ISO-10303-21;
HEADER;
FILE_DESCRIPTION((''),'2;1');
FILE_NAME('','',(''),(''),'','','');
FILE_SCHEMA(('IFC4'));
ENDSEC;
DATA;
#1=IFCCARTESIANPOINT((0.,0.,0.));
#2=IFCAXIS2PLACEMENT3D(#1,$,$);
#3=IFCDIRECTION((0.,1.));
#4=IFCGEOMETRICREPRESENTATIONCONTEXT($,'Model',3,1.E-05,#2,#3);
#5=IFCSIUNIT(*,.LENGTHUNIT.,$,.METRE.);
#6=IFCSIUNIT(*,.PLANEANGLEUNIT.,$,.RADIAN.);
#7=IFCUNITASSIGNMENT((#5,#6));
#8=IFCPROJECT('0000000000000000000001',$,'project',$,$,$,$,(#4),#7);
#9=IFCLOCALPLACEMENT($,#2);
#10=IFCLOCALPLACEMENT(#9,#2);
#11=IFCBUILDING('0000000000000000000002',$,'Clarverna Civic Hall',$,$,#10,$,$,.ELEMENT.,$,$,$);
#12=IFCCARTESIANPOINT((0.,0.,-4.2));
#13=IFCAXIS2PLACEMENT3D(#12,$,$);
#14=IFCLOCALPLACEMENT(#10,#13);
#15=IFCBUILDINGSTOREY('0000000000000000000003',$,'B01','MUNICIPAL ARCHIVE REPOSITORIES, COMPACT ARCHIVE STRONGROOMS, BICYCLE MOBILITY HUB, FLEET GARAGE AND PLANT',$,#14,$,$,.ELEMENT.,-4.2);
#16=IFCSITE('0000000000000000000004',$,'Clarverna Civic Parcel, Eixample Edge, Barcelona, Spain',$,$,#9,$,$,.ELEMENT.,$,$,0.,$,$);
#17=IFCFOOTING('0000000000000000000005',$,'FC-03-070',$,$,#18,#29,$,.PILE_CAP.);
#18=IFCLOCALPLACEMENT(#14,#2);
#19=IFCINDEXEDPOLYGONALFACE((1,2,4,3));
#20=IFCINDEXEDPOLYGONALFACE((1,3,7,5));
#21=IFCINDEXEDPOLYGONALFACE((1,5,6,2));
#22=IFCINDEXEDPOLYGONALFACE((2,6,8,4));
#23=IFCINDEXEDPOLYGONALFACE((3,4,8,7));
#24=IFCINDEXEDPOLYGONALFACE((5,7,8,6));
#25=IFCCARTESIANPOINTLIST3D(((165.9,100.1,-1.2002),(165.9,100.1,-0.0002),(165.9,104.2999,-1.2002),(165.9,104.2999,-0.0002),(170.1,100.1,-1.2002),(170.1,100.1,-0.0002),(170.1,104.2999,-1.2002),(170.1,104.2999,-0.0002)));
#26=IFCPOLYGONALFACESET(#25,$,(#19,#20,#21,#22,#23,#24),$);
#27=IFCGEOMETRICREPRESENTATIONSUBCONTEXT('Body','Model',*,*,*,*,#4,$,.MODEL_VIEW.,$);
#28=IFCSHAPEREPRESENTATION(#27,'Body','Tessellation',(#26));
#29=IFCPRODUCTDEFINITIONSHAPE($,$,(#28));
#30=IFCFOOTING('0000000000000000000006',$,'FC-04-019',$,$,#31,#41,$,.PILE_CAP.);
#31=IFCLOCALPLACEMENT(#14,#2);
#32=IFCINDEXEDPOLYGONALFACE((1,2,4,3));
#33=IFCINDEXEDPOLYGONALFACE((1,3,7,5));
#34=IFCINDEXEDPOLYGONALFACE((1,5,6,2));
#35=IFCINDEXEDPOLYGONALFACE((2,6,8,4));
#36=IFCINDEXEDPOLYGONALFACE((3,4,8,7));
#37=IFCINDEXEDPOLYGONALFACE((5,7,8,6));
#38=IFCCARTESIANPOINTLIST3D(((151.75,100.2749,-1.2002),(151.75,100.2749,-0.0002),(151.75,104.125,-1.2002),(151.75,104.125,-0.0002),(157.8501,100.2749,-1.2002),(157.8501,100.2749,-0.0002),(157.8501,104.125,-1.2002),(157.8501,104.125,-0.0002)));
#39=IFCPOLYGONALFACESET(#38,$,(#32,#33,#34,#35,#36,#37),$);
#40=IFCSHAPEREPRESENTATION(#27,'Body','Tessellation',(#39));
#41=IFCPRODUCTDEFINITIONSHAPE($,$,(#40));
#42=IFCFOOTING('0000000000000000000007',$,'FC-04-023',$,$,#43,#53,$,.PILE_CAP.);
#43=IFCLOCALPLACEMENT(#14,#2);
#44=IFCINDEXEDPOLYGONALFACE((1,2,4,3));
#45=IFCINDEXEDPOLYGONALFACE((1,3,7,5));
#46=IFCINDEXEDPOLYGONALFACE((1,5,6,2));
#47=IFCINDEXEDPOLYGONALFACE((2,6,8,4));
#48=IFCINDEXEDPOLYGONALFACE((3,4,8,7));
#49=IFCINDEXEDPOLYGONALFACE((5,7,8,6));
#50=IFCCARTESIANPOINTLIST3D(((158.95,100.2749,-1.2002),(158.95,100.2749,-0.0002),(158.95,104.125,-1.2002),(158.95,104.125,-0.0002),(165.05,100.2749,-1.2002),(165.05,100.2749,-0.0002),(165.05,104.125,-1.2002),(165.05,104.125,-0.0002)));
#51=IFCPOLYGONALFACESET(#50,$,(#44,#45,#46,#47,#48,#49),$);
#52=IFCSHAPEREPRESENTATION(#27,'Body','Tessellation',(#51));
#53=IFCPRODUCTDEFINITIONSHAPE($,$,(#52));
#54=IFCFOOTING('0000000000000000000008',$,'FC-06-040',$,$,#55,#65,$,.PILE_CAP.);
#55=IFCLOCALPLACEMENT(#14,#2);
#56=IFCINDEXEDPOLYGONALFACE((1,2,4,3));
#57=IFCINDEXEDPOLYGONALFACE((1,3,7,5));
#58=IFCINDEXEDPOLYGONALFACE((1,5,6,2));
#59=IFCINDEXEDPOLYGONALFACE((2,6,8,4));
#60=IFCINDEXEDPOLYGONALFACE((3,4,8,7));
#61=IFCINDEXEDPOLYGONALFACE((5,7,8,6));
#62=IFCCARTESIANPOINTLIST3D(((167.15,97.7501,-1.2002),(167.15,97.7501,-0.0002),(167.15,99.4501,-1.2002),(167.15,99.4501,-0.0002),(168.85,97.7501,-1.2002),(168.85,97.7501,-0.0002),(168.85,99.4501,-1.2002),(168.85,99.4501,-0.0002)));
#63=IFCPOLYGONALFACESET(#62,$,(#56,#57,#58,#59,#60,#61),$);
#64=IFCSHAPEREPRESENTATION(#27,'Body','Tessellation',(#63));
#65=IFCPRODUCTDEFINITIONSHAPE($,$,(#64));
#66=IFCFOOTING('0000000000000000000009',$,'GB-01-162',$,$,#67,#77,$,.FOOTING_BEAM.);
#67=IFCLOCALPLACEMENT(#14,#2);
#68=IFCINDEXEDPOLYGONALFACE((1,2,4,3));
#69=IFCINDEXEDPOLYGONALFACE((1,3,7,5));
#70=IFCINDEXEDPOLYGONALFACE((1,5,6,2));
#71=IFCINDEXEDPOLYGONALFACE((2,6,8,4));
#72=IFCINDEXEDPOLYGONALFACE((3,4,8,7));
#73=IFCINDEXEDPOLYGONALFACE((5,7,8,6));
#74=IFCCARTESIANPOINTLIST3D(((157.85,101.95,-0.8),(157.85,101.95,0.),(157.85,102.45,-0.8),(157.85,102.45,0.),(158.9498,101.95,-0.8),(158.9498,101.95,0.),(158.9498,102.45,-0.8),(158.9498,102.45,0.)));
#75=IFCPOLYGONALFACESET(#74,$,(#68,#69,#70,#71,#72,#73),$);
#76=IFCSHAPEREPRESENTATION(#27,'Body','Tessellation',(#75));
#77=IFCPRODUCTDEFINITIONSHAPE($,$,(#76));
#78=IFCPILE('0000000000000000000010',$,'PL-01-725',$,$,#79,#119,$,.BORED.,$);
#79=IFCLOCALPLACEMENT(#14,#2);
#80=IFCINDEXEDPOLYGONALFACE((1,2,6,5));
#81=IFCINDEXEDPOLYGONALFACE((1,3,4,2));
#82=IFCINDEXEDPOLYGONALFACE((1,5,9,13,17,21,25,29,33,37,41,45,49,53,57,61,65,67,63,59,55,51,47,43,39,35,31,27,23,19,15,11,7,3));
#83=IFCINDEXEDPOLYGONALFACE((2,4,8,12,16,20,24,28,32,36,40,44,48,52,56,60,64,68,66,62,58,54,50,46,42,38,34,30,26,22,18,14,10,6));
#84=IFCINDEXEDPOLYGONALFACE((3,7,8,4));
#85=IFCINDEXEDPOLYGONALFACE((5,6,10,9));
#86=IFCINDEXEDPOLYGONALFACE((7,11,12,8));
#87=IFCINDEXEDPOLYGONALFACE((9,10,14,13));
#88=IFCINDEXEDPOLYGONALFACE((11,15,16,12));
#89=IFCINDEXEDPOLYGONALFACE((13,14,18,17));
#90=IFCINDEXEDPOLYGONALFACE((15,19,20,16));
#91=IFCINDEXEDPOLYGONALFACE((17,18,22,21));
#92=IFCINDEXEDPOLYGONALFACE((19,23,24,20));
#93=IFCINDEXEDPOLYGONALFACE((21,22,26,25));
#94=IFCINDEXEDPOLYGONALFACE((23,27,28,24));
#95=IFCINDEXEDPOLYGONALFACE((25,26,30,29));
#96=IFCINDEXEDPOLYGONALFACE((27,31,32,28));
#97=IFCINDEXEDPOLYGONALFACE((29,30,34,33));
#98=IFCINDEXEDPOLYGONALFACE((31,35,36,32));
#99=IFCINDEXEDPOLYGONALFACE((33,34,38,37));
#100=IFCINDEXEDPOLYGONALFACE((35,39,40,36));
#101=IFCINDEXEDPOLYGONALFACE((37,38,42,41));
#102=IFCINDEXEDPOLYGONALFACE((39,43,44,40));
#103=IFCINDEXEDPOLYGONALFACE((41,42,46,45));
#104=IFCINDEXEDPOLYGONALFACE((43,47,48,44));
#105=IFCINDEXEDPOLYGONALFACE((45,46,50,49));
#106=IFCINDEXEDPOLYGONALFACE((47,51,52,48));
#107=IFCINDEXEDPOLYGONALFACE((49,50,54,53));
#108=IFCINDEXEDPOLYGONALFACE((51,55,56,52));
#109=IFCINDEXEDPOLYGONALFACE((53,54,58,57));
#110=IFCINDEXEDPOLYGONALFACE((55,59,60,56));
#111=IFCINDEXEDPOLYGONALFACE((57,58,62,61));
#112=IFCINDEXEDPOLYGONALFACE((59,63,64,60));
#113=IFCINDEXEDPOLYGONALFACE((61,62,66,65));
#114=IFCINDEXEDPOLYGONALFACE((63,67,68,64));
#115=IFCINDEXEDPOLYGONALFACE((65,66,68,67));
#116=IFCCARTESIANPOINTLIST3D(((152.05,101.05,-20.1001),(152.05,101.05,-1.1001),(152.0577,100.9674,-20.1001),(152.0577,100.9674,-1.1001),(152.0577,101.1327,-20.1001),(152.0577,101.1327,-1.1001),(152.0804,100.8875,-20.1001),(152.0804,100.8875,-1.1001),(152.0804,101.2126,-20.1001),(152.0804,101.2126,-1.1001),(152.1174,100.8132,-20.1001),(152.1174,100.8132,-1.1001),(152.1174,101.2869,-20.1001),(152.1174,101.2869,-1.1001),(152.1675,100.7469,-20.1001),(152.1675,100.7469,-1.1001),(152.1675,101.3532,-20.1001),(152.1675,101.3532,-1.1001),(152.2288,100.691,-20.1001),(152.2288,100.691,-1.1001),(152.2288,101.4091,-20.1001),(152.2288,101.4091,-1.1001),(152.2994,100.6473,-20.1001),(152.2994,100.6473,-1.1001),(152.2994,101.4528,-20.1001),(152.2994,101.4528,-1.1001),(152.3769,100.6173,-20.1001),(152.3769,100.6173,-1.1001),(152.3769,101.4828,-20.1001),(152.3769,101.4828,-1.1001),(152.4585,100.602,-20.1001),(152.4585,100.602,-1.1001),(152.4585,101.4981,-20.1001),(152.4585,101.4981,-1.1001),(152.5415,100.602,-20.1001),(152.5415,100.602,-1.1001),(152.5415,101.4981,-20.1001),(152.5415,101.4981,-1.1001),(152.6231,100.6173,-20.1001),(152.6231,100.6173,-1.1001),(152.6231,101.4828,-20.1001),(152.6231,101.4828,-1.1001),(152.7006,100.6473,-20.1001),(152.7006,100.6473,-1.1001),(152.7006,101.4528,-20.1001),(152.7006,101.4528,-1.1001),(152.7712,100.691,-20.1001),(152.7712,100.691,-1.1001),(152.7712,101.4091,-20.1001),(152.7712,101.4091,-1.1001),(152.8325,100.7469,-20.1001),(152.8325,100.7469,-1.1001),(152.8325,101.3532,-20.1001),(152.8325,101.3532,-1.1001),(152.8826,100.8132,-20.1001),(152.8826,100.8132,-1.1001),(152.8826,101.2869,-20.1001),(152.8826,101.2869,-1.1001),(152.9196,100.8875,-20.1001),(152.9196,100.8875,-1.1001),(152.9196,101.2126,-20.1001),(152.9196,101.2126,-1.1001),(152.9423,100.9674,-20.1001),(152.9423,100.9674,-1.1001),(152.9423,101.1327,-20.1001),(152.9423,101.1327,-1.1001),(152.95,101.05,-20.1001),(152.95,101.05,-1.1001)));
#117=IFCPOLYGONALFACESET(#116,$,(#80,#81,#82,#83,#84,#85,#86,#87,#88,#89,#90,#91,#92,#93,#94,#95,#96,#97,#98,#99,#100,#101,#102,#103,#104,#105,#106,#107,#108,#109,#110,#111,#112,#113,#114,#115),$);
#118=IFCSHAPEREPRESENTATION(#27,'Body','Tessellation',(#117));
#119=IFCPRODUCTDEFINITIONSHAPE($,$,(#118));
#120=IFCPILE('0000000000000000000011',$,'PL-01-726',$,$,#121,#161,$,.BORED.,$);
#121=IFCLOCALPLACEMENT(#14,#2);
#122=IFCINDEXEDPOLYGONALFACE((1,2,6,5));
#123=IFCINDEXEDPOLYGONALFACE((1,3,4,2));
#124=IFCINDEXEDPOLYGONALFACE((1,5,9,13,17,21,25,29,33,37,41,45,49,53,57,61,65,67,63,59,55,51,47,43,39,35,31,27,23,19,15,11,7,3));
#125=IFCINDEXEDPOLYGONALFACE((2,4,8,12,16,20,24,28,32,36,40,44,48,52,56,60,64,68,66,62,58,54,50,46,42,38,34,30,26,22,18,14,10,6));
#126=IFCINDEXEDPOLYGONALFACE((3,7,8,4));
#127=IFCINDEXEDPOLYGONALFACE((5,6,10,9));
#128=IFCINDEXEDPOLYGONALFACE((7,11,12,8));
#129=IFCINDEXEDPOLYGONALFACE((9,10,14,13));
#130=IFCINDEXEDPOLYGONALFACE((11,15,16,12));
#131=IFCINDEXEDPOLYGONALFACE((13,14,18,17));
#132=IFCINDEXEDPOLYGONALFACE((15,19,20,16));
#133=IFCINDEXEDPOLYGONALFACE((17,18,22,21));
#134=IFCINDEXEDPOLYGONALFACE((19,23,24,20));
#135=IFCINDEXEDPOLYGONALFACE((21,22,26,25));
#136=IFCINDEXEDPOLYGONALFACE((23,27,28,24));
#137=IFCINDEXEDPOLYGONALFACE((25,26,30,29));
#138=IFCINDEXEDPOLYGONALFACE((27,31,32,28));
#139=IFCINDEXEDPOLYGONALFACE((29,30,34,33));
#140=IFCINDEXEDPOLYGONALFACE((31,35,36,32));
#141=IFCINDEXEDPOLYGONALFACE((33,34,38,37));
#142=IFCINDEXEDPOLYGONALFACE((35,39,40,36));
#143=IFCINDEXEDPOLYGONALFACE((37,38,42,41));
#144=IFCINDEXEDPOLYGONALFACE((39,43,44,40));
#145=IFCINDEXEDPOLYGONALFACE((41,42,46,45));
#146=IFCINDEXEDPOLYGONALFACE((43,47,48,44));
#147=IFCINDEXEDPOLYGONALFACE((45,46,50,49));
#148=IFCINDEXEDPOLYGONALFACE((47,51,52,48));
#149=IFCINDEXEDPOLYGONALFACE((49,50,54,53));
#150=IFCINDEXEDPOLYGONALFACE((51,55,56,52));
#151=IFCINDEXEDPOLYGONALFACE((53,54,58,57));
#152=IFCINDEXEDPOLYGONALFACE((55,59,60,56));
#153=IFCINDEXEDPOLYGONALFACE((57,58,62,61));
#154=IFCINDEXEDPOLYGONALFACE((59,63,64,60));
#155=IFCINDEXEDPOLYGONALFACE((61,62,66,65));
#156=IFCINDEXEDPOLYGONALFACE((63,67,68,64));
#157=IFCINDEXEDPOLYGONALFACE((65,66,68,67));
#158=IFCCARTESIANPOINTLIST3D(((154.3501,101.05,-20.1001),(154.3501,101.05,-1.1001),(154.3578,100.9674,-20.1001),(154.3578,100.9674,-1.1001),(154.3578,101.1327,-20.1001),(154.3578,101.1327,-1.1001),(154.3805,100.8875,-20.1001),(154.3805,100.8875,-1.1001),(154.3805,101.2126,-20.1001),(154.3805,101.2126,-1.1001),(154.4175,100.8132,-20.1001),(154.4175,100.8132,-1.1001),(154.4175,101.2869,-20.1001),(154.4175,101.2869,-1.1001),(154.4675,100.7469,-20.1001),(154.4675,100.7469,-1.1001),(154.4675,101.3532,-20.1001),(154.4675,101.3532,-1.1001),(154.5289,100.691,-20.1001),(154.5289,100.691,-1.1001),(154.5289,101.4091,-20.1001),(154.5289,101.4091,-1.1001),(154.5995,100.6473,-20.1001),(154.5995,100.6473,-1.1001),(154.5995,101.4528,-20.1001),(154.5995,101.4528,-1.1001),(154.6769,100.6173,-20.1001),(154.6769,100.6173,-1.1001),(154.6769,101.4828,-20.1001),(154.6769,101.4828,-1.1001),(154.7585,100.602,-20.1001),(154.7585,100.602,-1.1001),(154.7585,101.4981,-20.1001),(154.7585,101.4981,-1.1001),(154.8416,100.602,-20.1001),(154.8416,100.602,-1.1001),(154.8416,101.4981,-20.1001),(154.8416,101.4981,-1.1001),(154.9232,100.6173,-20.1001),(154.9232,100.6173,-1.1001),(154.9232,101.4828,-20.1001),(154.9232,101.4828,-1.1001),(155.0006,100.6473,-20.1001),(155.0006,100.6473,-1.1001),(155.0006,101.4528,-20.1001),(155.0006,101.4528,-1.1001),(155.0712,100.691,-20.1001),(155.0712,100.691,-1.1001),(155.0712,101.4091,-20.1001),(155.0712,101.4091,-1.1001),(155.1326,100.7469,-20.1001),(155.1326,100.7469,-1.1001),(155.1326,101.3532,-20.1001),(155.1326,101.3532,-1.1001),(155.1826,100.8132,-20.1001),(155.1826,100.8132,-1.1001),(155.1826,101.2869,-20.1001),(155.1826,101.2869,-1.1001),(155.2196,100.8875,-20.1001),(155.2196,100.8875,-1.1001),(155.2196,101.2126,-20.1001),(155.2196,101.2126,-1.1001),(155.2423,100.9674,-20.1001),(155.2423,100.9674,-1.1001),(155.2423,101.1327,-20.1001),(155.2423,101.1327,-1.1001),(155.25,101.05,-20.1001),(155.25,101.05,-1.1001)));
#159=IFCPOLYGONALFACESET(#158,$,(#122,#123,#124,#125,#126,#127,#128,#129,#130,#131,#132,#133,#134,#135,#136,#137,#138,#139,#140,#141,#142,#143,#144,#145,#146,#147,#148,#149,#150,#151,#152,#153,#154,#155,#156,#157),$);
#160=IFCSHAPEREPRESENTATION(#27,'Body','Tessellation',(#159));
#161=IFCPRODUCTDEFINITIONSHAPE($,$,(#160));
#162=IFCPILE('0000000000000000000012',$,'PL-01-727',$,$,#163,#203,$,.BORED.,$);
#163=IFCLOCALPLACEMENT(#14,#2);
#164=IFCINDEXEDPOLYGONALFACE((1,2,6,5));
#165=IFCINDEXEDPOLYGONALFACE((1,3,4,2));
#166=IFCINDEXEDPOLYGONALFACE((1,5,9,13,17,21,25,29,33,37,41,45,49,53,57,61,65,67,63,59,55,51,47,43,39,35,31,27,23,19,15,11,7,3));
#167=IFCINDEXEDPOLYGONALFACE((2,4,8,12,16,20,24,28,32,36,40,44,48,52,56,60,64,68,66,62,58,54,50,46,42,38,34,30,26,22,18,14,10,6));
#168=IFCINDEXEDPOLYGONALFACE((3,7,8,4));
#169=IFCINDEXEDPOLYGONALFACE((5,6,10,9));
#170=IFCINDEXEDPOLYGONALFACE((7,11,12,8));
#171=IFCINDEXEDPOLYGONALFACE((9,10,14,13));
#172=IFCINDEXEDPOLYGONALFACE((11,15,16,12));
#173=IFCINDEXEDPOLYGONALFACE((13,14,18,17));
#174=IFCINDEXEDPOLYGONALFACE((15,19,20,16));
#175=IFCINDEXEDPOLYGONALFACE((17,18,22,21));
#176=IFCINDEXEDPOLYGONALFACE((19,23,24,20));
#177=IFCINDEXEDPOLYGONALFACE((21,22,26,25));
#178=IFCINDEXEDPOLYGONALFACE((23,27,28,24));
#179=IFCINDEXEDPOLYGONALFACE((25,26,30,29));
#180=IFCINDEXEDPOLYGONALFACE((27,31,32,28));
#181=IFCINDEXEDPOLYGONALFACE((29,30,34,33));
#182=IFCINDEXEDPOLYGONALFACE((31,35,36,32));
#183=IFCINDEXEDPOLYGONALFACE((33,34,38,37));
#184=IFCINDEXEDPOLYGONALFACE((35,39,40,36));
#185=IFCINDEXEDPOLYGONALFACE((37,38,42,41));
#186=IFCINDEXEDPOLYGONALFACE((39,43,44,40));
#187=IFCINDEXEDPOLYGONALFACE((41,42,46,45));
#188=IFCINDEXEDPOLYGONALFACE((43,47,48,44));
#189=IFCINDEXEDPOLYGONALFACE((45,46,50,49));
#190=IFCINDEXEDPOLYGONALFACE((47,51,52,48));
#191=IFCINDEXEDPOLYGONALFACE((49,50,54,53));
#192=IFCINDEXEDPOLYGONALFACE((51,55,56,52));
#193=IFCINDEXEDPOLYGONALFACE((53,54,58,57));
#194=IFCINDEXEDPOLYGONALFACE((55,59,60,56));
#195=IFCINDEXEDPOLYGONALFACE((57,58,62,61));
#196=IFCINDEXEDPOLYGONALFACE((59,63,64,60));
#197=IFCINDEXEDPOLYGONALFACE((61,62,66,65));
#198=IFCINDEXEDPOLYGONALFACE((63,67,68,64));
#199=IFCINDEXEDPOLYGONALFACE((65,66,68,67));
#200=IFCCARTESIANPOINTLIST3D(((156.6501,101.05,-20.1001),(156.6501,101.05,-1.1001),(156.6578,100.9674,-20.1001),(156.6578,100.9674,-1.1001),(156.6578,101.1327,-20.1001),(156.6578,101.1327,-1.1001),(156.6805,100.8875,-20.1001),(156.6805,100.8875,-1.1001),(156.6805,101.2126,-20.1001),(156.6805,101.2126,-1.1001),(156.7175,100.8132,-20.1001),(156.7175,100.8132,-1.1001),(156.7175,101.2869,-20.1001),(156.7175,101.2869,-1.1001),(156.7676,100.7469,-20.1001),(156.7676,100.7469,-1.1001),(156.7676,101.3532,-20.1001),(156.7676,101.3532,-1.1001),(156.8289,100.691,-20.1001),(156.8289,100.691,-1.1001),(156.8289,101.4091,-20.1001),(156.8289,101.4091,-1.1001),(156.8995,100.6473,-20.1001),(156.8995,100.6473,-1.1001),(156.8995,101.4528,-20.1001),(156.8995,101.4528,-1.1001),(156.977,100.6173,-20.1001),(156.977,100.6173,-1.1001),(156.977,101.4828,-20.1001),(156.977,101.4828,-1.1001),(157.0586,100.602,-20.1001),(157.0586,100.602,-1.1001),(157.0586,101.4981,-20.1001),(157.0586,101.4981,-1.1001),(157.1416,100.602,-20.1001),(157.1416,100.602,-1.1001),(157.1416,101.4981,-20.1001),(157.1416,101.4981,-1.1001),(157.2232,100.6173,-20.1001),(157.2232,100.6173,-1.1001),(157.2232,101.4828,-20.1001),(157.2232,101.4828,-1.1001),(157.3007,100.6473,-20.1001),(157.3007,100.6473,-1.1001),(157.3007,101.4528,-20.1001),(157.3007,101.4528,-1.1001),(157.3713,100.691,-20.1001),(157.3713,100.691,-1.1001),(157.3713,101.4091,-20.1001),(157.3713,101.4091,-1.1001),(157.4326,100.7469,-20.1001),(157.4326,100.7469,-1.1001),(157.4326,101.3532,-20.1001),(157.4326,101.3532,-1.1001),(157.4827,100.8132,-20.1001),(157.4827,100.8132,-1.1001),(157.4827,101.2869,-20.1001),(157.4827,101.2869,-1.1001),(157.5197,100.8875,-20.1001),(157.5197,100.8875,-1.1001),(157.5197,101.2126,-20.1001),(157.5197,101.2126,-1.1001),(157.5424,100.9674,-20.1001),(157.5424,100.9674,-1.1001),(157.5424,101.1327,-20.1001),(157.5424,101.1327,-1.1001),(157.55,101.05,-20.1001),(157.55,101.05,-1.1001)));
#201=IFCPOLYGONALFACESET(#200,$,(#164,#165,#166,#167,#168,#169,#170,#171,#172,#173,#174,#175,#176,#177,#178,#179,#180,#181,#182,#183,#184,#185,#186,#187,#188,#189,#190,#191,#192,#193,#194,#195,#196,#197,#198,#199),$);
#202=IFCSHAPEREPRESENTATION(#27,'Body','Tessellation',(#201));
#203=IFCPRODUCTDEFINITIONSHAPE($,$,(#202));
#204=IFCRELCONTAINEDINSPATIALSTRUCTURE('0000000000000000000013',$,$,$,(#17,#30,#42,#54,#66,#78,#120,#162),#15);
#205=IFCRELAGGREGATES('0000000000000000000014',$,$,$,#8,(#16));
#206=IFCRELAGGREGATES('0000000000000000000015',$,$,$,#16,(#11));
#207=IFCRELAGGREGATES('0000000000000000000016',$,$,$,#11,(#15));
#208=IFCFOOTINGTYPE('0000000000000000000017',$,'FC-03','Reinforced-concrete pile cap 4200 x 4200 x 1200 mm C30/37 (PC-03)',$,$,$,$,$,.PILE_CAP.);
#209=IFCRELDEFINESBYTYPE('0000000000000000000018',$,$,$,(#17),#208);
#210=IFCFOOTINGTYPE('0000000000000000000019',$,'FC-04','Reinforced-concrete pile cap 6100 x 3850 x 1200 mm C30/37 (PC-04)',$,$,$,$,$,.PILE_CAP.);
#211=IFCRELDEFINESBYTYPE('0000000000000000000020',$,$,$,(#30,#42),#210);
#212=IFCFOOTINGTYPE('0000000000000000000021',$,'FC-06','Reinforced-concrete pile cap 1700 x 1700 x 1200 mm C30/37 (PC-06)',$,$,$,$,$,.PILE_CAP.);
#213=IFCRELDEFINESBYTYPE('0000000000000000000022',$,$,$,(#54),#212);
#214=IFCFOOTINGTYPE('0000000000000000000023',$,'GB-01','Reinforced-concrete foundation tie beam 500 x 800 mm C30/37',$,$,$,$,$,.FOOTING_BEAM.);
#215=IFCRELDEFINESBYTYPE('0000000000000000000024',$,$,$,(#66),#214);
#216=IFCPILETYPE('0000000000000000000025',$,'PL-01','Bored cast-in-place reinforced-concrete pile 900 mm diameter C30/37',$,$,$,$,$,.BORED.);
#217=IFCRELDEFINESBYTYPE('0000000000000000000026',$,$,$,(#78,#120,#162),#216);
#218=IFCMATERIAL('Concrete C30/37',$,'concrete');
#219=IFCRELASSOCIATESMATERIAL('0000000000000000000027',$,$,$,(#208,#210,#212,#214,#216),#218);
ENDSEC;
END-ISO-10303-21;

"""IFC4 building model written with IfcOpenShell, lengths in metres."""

from ifc_helpers import new_model, si_unit, direction, frame, frame_2d, origin, origin_2d, place, context, subcontext, project, spatial, rectangle, circle, extrude, material, material_profile, profile_set, type_object, element, save


model = new_model("IFC4")

# Units and contexts
model_context = context("Model", 3, precision=1e-05, world=origin(), true_north=direction((0.0, 1.0)))
body_context = subcontext(model_context, "Body", "Model", "MODEL_VIEW")
ifc_project = project(units=[si_unit("LENGTHUNIT", "METRE"), si_unit("PLANEANGLEUNIT", "RADIAN")], contexts=[model_context])

# Site, building, storey
site_placement = place(None, origin())
site = spatial("IfcSite", under=ifc_project, at=site_placement, Name="Clarverna Civic Parcel, Eixample Edge, Barcelona, Spain", CompositionType="ELEMENT", RefElevation=0.0)
building_placement = place(site_placement, origin())
building = spatial("IfcBuilding", under=site, at=building_placement, Name="Clarverna Civic Hall", CompositionType="ELEMENT")
storey_placement = place(building_placement, frame((0.0, 0.0, -4.2)))
storey = spatial("IfcBuildingStorey", under=building, at=storey_placement, Name="B01", Description="MUNICIPAL ARCHIVE REPOSITORIES, COMPACT ARCHIVE STRONGROOMS, BICYCLE MOBILITY HUB, FLEET GARAGE AND PLANT", CompositionType="ELEMENT", Elevation=-4.2)

# Footings
ifc_material_1 = material(Name="Concrete C30/37", Category="concrete")
footing_type_1 = type_object("IfcFootingType", Name="FC-03", Description="Reinforced-concrete pile cap 4200 x 4200 x 1200 mm C30/37 (PC-03)", PredefinedType="PILE_CAP", material=ifc_material_1)
footing_1_placement = place(storey_placement, frame((168.0, 102.2, -1.2002), z_axis=(0.0, 0.0, 1.0), x_axis=(1.0, 0.0, 0.0)))
element("IfcFooting", 1, at=footing_1_placement, inside=storey, type_object=footing_type_1, Name="FC-03-070", PredefinedType="PILE_CAP", context=body_context, shape_type="SweptSolid", body=[
    extrude(rectangle(XDim=4.2, YDim=4.2, at=origin_2d()), origin(), (0.0, 0.0, 1.0), 1.2),
])
footing_type_2 = type_object("IfcFootingType", Name="FC-04", Description="Reinforced-concrete pile cap 6100 x 3850 x 1200 mm C30/37 (PC-04)", PredefinedType="PILE_CAP", material=ifc_material_1)
for number, where, z_axis, x_axis, name in (
    (2, (154.8, 102.2, -1.2002), (0.0, 0.0, 1.0), (1.0, 0.0, 0.0), "FC-04-019"),
    (3, (162.0, 102.2, -1.2002), (0.0, 0.0, 1.0), (1.0, 0.0, 0.0), "FC-04-023"),
):
    element("IfcFooting", number, at=place(storey_placement, frame(where, z_axis=z_axis, x_axis=x_axis)), inside=storey, type_object=footing_type_2, Name=name, PredefinedType="PILE_CAP", context=body_context, shape_type="SweptSolid", body=[
        extrude(rectangle(XDim=6.1001, YDim=3.8501, at=origin_2d()), origin(), (0.0, 0.0, 1.0), 1.2),
    ])
footing_type_3 = type_object("IfcFootingType", Name="FC-06", Description="Reinforced-concrete pile cap 1700 x 1700 x 1200 mm C30/37 (PC-06)", PredefinedType="PILE_CAP", material=ifc_material_1)
footing_2_placement = place(storey_placement, frame((168.0, 98.6001, -1.2002), z_axis=(0.0, 0.0, 1.0), x_axis=(1.0, 0.0, 0.0)))
element("IfcFooting", 4, at=footing_2_placement, inside=storey, type_object=footing_type_3, Name="FC-06-040", PredefinedType="PILE_CAP", context=body_context, shape_type="SweptSolid", body=[
    extrude(rectangle(XDim=1.7, YDim=1.7, at=origin_2d()), origin(), (0.0, 0.0, 1.0), 1.2),
])
footing_type_4 = type_object("IfcFootingType", Name="GB-01", Description="Reinforced-concrete foundation tie beam 500 x 800 mm C30/37", PredefinedType="FOOTING_BEAM", material=ifc_material_1)
footing_3_placement = place(storey_placement, frame((157.8501, 102.2, -0.8), z_axis=(0.0, 0.0, 1.0), x_axis=(1.0, 0.0, 0.0)))
element("IfcFooting", 5, at=footing_3_placement, inside=storey, type_object=footing_type_4, Name="GB-01-162", PredefinedType="FOOTING_BEAM", context=body_context, shape_type="SweptSolid", body=[
    extrude(rectangle(XDim=1.0999, YDim=0.5, at=frame_2d((0.5498, 0.0))), origin(), (0.0, 0.0, 1.0), 0.8),
])

# Piles
ifc_material_profile_1 = material_profile(ifc_material_1, circle(Radius=0.45, at=origin_2d()), Name="BORED PILE D900")
ifc_profile_set_1 = profile_set([ifc_material_profile_1], Name="Concrete C30/37")
pile_type_1 = type_object("IfcPileType", Name="PL-01", Description="Bored cast-in-place reinforced-concrete pile 900 mm diameter C30/37", PredefinedType="BORED", material=ifc_profile_set_1)
for number, where, z_axis, x_axis, name in (
    (6, (152.5, 101.05, -1.1001), (0.0, 0.0, -1.0), (1.0, 0.0, 0.0), "PL-01-725"),
    (7, (154.8, 101.05, -1.1001), (0.0, 0.0, -1.0), (1.0, 0.0, 0.0), "PL-01-726"),
    (8, (157.1001, 101.05, -1.1001), (0.0, 0.0, -1.0), (1.0, 0.0, 0.0), "PL-01-727"),
):
    element("IfcPile", number, at=place(storey_placement, frame(where, z_axis=z_axis, x_axis=x_axis)), inside=storey, type_object=pile_type_1, Name=name, PredefinedType="BORED", context=body_context, shape_type="SweptSolid", body=[
        extrude(circle(Radius=0.45, at=origin_2d()), origin(), (0.0, 0.0, 1.0), 19.0),
    ])

save(model, "model.ifc")
